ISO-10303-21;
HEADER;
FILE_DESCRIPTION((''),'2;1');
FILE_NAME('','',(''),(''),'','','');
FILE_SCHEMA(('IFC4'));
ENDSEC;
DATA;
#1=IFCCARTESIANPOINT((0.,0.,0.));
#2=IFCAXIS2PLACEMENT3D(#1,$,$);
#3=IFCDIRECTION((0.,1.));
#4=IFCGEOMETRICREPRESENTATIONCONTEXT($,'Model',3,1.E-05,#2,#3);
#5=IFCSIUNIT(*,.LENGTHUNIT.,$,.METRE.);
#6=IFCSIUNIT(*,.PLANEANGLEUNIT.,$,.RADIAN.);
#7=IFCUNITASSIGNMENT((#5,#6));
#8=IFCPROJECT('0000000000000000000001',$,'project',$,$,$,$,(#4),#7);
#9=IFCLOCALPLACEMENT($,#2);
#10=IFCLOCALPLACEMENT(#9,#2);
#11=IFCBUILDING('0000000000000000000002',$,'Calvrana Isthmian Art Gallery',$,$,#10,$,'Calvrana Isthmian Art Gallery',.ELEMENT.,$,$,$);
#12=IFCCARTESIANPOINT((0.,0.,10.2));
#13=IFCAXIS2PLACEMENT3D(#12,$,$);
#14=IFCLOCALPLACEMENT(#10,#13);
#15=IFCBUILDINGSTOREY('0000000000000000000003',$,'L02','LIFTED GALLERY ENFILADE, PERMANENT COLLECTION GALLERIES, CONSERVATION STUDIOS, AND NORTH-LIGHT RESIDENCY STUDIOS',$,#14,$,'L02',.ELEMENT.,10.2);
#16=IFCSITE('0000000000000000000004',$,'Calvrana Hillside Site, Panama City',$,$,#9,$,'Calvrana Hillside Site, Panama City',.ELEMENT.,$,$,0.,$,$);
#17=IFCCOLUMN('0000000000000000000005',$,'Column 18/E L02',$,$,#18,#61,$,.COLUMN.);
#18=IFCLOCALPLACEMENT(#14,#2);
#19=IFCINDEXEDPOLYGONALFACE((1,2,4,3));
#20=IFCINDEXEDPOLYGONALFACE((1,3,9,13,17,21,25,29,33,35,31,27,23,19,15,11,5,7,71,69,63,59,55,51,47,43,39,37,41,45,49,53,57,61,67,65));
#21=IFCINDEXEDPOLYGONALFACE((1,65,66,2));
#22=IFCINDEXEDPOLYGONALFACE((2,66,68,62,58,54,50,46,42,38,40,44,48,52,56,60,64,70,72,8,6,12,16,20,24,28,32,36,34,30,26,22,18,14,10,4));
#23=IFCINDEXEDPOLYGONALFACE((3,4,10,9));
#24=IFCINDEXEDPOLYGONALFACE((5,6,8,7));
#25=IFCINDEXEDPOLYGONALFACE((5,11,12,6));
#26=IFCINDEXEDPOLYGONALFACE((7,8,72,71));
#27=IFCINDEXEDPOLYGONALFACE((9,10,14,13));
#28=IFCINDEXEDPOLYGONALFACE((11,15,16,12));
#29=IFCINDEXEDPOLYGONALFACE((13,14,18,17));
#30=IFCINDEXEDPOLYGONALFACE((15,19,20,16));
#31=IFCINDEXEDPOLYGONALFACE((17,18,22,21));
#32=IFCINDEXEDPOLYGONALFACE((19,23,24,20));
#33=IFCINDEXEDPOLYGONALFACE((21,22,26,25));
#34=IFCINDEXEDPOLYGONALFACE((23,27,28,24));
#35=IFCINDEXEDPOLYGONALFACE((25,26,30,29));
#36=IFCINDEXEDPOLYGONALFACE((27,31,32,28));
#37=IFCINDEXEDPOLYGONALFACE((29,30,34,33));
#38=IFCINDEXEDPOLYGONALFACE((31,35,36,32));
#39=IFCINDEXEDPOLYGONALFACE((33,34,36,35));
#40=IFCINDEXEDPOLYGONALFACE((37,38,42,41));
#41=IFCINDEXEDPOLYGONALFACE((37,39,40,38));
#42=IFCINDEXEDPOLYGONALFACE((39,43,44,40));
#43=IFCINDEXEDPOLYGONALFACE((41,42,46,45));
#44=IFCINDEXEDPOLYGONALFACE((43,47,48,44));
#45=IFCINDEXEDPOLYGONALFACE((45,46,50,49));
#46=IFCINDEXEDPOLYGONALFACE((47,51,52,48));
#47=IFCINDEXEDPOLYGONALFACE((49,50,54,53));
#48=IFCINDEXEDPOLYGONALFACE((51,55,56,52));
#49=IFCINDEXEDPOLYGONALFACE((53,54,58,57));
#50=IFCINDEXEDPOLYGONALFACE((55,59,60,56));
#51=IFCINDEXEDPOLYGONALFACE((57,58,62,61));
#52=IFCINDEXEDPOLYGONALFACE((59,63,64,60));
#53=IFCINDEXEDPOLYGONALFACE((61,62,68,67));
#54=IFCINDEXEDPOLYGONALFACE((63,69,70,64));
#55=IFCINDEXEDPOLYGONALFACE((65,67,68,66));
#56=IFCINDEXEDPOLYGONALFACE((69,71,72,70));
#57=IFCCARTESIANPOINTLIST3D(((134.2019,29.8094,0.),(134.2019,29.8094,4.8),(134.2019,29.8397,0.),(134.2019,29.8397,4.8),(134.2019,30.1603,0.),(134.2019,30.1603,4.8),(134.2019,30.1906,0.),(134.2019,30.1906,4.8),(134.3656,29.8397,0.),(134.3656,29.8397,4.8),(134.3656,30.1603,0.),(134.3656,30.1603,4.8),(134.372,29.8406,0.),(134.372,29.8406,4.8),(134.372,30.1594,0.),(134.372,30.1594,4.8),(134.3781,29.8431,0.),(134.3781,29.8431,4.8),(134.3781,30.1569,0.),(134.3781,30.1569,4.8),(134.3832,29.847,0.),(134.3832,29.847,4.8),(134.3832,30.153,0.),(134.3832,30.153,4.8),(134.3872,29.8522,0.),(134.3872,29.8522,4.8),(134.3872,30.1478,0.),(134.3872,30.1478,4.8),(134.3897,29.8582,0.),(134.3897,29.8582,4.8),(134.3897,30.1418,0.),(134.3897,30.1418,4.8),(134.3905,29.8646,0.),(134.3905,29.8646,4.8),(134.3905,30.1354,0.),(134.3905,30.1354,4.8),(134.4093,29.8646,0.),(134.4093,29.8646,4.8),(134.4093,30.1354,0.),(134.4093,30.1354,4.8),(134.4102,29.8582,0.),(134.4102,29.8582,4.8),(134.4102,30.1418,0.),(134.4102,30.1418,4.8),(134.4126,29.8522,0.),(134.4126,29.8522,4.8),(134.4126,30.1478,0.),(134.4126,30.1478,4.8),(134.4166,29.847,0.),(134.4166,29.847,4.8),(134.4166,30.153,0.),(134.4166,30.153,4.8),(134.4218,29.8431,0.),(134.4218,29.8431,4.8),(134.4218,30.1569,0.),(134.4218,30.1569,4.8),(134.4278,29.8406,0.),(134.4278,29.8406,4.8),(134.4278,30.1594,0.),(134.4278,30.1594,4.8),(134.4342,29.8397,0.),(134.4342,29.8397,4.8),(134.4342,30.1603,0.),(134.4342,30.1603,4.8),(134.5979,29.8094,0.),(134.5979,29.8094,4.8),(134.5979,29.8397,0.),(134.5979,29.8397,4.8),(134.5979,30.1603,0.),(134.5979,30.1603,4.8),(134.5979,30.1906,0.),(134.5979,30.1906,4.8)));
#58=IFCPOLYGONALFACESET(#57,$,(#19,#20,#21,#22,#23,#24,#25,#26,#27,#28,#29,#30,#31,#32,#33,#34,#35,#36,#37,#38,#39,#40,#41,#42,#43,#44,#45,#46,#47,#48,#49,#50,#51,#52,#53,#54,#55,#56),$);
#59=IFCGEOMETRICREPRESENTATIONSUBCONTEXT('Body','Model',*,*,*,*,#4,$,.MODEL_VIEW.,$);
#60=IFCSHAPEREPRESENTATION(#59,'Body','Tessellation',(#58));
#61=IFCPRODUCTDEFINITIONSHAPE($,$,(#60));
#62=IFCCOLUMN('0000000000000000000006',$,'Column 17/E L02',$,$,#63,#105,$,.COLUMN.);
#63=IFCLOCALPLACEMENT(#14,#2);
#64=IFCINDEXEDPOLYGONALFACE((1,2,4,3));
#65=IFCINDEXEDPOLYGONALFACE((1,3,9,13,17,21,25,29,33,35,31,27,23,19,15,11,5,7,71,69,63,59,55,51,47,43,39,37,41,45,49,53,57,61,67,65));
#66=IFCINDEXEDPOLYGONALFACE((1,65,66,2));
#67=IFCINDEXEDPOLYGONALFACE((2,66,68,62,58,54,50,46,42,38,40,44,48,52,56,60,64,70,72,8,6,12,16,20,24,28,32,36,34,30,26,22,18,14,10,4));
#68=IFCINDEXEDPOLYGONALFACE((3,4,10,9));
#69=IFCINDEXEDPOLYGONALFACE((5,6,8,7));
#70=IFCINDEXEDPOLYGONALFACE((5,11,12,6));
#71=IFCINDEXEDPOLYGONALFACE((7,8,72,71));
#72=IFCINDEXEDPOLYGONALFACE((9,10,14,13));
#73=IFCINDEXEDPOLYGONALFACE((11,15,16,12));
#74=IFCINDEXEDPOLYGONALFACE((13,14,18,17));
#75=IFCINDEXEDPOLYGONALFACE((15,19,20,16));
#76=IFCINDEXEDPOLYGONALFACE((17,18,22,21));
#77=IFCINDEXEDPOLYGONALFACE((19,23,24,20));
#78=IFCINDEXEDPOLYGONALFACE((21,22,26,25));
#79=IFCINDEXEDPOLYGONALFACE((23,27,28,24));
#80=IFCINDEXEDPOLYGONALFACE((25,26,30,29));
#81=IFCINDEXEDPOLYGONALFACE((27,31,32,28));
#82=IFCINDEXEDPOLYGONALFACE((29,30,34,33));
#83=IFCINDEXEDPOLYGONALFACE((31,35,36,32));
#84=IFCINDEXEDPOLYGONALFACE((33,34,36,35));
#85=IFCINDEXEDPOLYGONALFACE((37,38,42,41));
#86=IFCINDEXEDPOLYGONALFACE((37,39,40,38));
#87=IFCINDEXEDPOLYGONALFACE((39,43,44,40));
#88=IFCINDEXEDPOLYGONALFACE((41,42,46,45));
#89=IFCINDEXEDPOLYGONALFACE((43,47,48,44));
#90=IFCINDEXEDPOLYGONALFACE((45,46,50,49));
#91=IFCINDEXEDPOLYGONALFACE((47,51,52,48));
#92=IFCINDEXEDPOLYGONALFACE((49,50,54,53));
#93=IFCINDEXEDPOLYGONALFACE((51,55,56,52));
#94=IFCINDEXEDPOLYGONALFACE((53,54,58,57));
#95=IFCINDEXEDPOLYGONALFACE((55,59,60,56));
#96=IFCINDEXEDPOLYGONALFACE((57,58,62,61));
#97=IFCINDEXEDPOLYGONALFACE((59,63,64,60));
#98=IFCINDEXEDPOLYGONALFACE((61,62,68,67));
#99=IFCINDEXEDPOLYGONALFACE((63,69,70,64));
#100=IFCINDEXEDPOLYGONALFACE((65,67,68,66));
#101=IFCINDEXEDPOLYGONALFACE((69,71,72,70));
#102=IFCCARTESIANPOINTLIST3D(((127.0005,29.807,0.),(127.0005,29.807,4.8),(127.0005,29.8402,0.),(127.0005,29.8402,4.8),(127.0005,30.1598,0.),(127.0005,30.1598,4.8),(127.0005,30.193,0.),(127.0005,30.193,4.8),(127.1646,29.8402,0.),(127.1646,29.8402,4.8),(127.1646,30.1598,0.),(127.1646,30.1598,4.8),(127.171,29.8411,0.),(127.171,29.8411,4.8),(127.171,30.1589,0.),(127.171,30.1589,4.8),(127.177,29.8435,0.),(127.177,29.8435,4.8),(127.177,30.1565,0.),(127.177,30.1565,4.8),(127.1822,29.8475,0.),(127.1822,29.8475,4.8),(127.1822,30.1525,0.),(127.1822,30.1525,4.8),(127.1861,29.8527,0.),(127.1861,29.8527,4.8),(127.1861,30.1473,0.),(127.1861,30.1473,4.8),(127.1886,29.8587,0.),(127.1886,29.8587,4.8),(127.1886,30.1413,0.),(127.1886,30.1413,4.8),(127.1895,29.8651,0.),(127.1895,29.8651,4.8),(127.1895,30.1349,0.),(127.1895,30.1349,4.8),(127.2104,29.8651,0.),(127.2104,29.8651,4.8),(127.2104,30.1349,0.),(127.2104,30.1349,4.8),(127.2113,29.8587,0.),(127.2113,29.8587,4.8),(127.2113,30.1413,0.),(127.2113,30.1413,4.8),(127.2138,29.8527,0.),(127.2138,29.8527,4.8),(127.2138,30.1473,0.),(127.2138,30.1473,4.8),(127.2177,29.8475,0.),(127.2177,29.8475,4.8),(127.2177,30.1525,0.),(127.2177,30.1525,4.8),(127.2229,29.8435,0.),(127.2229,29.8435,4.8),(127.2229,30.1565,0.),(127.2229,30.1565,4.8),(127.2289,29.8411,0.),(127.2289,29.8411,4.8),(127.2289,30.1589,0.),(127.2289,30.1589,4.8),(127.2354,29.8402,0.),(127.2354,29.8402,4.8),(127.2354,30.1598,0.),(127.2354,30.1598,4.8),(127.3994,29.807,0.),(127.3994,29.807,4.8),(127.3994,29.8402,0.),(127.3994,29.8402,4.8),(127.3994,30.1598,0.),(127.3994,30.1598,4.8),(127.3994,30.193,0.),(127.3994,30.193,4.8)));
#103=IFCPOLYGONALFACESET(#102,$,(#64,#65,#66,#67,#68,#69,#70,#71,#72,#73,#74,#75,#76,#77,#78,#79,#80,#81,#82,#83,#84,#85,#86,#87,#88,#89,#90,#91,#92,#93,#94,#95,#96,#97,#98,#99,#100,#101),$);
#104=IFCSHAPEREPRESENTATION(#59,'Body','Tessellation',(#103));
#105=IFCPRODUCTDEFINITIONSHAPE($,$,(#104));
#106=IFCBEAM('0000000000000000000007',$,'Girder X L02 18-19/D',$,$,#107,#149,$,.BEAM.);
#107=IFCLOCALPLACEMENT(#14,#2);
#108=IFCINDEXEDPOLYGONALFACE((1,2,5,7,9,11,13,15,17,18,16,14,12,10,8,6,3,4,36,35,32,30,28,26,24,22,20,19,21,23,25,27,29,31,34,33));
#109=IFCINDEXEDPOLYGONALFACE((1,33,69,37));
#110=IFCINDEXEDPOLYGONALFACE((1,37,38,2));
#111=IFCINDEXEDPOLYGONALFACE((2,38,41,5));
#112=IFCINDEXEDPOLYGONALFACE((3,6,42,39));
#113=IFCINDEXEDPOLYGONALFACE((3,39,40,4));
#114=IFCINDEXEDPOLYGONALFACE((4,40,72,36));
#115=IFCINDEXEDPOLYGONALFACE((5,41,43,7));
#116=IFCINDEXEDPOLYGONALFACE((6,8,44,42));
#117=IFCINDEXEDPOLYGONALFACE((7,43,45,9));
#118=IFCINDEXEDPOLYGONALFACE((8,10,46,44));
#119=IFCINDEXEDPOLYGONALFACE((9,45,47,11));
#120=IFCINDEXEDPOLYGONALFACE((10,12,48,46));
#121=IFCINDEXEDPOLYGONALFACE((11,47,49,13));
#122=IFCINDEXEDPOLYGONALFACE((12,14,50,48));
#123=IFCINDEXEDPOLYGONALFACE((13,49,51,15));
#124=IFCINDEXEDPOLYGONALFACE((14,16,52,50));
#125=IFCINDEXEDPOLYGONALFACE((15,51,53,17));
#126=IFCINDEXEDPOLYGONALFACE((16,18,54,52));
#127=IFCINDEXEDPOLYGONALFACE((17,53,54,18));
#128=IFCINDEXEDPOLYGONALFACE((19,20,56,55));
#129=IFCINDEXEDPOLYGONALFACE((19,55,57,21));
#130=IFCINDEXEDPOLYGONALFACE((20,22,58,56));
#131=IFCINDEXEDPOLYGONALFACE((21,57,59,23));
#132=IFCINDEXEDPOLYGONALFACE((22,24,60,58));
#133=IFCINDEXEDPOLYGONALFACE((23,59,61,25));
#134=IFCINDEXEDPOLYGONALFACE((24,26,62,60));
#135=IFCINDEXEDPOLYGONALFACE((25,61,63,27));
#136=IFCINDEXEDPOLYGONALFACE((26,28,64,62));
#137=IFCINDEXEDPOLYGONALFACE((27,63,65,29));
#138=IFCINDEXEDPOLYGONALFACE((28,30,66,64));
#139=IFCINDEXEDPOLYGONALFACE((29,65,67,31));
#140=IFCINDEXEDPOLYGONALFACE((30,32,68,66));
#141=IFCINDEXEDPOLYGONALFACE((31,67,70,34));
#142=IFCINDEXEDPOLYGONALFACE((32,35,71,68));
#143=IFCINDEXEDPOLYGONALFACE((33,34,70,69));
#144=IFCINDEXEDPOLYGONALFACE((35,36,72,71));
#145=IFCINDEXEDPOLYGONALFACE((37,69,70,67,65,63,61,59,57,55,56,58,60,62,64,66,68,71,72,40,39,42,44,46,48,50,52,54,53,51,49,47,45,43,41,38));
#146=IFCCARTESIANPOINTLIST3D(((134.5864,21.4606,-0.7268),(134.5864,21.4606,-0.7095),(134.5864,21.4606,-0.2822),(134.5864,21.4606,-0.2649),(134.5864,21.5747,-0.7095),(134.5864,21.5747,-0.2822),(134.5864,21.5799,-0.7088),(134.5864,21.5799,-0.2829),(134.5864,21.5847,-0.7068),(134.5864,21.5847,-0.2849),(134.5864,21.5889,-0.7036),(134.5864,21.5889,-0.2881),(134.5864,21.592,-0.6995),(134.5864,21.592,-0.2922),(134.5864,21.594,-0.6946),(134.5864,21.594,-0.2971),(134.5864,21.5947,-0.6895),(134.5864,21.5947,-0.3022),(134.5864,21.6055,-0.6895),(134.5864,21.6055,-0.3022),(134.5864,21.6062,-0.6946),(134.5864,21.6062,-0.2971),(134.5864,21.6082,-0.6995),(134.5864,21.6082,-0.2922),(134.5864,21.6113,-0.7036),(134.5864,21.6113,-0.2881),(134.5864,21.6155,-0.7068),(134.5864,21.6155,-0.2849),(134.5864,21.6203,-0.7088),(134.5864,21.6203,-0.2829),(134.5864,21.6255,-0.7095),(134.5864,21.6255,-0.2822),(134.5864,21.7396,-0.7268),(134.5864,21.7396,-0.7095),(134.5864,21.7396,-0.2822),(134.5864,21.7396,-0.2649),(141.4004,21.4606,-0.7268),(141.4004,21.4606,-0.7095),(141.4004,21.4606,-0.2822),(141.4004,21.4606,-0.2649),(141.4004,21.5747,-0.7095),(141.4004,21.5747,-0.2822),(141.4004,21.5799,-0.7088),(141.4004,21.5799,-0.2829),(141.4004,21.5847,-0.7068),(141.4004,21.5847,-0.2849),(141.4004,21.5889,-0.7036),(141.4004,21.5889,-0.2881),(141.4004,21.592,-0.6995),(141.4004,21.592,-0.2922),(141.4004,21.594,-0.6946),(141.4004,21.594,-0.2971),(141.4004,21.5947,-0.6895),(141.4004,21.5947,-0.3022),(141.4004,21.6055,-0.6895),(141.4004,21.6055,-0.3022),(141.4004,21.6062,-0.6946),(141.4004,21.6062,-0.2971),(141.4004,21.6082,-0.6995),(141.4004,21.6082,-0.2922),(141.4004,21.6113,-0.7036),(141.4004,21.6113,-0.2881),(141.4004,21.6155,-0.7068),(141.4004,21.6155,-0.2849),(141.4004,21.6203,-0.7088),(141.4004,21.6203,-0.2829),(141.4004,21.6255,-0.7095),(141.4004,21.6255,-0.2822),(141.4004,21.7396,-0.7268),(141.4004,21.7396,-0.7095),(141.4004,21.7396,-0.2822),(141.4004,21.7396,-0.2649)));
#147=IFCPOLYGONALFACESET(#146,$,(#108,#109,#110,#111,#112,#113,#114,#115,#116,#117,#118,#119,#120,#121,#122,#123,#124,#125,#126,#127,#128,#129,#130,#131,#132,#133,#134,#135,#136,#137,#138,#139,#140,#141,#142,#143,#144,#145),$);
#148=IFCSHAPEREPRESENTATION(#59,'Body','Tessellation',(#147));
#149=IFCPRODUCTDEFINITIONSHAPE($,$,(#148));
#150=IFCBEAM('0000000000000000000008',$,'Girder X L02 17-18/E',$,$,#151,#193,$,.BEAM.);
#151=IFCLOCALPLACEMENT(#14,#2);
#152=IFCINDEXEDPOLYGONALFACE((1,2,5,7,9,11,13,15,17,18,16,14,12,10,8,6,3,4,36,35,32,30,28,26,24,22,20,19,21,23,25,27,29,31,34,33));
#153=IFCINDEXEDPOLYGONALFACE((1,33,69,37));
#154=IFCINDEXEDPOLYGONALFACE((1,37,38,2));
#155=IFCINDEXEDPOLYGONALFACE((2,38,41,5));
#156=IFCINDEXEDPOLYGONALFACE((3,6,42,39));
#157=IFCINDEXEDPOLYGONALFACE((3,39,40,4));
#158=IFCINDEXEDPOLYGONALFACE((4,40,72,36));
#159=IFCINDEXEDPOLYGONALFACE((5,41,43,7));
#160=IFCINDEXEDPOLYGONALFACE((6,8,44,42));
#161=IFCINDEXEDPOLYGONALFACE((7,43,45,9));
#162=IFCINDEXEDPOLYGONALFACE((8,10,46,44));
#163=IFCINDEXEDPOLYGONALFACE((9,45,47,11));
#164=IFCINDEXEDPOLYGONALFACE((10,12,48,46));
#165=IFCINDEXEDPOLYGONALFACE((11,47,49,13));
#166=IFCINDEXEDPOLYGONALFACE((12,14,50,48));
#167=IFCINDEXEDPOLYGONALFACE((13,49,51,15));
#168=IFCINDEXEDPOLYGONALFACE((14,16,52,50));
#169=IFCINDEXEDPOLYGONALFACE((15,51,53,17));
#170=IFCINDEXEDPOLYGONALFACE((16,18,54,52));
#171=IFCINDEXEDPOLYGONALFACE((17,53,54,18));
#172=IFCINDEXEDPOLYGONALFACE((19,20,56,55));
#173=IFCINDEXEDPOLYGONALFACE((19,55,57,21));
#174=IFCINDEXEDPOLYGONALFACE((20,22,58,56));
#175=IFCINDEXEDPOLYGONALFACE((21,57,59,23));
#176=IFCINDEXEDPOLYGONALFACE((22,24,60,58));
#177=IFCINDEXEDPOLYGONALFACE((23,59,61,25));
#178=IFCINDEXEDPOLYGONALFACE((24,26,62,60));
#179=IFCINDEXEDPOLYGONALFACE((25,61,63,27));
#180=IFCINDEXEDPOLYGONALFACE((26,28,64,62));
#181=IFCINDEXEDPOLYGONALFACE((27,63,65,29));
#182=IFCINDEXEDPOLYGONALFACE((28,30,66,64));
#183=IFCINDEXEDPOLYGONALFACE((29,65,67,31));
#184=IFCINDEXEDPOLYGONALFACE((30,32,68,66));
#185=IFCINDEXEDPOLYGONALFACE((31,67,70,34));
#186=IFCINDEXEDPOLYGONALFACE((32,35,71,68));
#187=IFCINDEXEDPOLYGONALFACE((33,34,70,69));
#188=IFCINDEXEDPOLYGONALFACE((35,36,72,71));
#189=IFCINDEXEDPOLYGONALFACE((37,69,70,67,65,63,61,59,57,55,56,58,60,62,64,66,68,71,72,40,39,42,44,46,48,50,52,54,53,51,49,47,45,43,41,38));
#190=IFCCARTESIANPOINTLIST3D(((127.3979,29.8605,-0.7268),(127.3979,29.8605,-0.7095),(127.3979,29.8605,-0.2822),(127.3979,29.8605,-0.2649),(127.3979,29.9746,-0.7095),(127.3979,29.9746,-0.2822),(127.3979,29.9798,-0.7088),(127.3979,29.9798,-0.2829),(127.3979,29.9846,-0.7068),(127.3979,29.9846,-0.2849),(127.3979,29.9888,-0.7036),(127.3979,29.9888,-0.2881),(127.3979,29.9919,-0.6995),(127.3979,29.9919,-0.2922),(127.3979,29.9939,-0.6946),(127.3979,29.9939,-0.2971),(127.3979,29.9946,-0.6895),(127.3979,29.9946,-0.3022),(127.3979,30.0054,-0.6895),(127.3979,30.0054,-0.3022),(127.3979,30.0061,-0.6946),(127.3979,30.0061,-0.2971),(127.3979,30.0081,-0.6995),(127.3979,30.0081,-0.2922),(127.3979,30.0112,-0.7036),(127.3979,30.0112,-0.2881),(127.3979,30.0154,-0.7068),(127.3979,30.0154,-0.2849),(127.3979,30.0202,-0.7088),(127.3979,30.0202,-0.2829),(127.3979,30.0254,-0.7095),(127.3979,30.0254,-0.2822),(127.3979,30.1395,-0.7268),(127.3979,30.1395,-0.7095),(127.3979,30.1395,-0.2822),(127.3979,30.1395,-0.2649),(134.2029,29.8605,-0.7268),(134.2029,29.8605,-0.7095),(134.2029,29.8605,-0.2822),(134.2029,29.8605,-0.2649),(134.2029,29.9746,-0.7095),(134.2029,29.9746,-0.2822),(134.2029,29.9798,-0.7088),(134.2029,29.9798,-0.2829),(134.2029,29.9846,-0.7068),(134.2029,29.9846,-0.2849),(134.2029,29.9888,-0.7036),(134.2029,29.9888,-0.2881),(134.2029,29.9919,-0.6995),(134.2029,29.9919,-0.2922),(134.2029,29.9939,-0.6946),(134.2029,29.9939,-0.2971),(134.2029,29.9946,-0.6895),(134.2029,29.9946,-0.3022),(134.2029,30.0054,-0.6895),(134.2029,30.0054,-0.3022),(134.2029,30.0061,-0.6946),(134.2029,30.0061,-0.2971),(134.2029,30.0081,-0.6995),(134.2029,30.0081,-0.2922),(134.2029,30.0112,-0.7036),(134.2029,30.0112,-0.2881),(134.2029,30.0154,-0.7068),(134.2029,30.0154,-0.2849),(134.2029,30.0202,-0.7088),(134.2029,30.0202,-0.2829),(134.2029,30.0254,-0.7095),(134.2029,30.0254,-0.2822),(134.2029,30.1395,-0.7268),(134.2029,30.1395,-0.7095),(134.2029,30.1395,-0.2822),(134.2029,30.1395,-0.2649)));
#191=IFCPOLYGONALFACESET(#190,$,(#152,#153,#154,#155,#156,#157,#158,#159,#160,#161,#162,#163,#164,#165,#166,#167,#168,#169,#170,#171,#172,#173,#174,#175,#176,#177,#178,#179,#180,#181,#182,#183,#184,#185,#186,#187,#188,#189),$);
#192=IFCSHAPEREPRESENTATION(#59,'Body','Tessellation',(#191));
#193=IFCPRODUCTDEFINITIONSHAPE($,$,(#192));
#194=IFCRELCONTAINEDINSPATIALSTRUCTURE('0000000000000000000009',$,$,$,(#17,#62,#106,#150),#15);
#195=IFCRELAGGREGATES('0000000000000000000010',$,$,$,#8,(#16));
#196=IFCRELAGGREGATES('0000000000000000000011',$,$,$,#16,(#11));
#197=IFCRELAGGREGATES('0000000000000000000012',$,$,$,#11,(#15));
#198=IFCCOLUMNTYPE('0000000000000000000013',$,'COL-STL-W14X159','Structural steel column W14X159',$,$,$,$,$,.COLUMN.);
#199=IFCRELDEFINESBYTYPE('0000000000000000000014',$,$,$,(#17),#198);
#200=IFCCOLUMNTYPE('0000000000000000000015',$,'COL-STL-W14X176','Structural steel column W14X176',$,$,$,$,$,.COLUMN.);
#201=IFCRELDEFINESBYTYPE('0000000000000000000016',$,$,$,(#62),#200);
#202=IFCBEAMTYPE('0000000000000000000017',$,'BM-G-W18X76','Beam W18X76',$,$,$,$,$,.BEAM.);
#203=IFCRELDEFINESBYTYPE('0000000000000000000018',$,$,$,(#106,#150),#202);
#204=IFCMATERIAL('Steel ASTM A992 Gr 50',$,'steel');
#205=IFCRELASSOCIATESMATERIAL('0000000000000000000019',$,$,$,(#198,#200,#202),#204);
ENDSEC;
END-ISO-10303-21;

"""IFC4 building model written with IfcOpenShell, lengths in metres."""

from ifc_helpers import new_model, si_unit, direction, frame, origin, origin_2d, place, context, subcontext, project, spatial, i_section, extrude, material, material_profile, profile_set, type_object, element, save


model = new_model("IFC4")

# Units and contexts
model_context = context("Model", 3, precision=1e-05, world=origin(), true_north=direction((0.0, 1.0)))
body_context = subcontext(model_context, "Body", "Model", "MODEL_VIEW")
ifc_project = project(units=[si_unit("LENGTHUNIT", "METRE"), si_unit("PLANEANGLEUNIT", "RADIAN")], contexts=[model_context])

# Site, building, storey
site_placement = place(None, origin())
site = spatial("IfcSite", under=ifc_project, at=site_placement, Name="Calvrana Hillside Site, Panama City", LongName="Calvrana Hillside Site, Panama City", CompositionType="ELEMENT", RefElevation=0.0)
building_placement = place(site_placement, origin())
building = spatial("IfcBuilding", under=site, at=building_placement, Name="Calvrana Isthmian Art Gallery", LongName="Calvrana Isthmian Art Gallery", CompositionType="ELEMENT")
storey_placement = place(building_placement, frame((0.0, 0.0, 10.2)))
storey = spatial("IfcBuildingStorey", under=building, at=storey_placement, Name="L02", Description="LIFTED GALLERY ENFILADE, PERMANENT COLLECTION GALLERIES, CONSERVATION STUDIOS, AND NORTH-LIGHT RESIDENCY STUDIOS", LongName="L02", CompositionType="ELEMENT", Elevation=10.2)

# Columns
ifc_material_1 = material(Name="Steel ASTM A992 Gr 50", Category="steel")
ifc_material_profile_1 = material_profile(ifc_material_1, i_section(OverallWidth=0.396, OverallDepth=0.3811, WebThickness=0.0188, FlangeThickness=0.0303, FilletRadius=0.0249, at=origin_2d()), Name="W14X159")
ifc_profile_set_1 = profile_set([ifc_material_profile_1], Name="Steel ASTM A992 Gr 50")
column_type_1 = type_object("IfcColumnType", Name="COL-STL-W14X159", Description="Structural steel column W14X159", PredefinedType="COLUMN", material=ifc_profile_set_1)
for number, where, z_axis, x_axis, name in (
    (1, (134.3999, 30.0, 0.0), (0.0, 0.0, 1.0), (1.0, 0.0, 0.0), "Column 18/E L02"),
):
    element("IfcColumn", number, at=place(storey_placement, frame(where, z_axis=z_axis, x_axis=x_axis)), inside=storey, type_object=column_type_1, Name=name, PredefinedType="COLUMN", context=body_context, shape_type="SweptSolid", body=[
        extrude(i_section(OverallWidth=0.396, OverallDepth=0.3811, WebThickness=0.0188, FlangeThickness=0.0303, FilletRadius=0.0249, at=origin_2d()), origin(), (0.0, 0.0, 1.0), 4.8),
    ])
ifc_material_profile_2 = material_profile(ifc_material_1, i_section(OverallWidth=0.3989, OverallDepth=0.386, WebThickness=0.021, FlangeThickness=0.0332, FilletRadius=0.0249, at=origin_2d()), Name="W14X176")
ifc_profile_set_2 = profile_set([ifc_material_profile_2], Name="Steel ASTM A992 Gr 50")
column_type_2 = type_object("IfcColumnType", Name="COL-STL-W14X176", Description="Structural steel column W14X176", PredefinedType="COLUMN", material=ifc_profile_set_2)
column_1_placement = place(storey_placement, frame((127.2, 30.0, 0.0), z_axis=(0.0, 0.0, 1.0), x_axis=(1.0, 0.0, 0.0)))
element("IfcColumn", 2, at=column_1_placement, inside=storey, type_object=column_type_2, Name="Column 17/E L02", PredefinedType="COLUMN", context=body_context, shape_type="SweptSolid", body=[
    extrude(i_section(OverallWidth=0.3989, OverallDepth=0.386, WebThickness=0.021, FlangeThickness=0.0332, FilletRadius=0.0249, at=origin_2d()), origin(), (0.0, 0.0, 1.0), 4.8),
])

# Beams
ifc_material_profile_3 = material_profile(ifc_material_1, i_section(OverallWidth=0.2791, OverallDepth=0.4619, WebThickness=0.0107, FlangeThickness=0.0173, FilletRadius=0.02, at=origin_2d()), Name="W18X76")
ifc_profile_set_3 = profile_set([ifc_material_profile_3], Name="Steel ASTM A992 Gr 50")
beam_type_1 = type_object("IfcBeamType", Name="BM-G-W18X76", Description="Beam W18X76", PredefinedType="BEAM", material=ifc_profile_set_3)
beam_1_placement = place(storey_placement, frame((134.5864, 21.6001, -0.4958), z_axis=(1.0, 0.0, 0.0), x_axis=(0.0, 1.0, 0.0)))
element("IfcBeam", 3, at=beam_1_placement, inside=storey, type_object=beam_type_1, Name="Girder X L02 18-19/D", PredefinedType="BEAM", context=body_context, shape_type="SweptSolid", body=[
    extrude(i_section(OverallWidth=0.2791, OverallDepth=0.4619, WebThickness=0.0107, FlangeThickness=0.0173, FilletRadius=0.02, at=origin_2d()), origin(), (0.0, 0.0, 1.0), 6.814),
])
beam_2_placement = place(storey_placement, frame((127.3979, 30.0, -0.4958), z_axis=(1.0, 0.0, 0.0), x_axis=(0.0, 1.0, 0.0)))
element("IfcBeam", 4, at=beam_2_placement, inside=storey, type_object=beam_type_1, Name="Girder X L02 17-18/E", PredefinedType="BEAM", context=body_context, shape_type="SweptSolid", body=[
    extrude(i_section(OverallWidth=0.2791, OverallDepth=0.4619, WebThickness=0.0107, FlangeThickness=0.0173, FilletRadius=0.02, at=origin_2d()), origin(), (0.0, 0.0, 1.0), 6.8049),
])

save(model, "model.ifc")
